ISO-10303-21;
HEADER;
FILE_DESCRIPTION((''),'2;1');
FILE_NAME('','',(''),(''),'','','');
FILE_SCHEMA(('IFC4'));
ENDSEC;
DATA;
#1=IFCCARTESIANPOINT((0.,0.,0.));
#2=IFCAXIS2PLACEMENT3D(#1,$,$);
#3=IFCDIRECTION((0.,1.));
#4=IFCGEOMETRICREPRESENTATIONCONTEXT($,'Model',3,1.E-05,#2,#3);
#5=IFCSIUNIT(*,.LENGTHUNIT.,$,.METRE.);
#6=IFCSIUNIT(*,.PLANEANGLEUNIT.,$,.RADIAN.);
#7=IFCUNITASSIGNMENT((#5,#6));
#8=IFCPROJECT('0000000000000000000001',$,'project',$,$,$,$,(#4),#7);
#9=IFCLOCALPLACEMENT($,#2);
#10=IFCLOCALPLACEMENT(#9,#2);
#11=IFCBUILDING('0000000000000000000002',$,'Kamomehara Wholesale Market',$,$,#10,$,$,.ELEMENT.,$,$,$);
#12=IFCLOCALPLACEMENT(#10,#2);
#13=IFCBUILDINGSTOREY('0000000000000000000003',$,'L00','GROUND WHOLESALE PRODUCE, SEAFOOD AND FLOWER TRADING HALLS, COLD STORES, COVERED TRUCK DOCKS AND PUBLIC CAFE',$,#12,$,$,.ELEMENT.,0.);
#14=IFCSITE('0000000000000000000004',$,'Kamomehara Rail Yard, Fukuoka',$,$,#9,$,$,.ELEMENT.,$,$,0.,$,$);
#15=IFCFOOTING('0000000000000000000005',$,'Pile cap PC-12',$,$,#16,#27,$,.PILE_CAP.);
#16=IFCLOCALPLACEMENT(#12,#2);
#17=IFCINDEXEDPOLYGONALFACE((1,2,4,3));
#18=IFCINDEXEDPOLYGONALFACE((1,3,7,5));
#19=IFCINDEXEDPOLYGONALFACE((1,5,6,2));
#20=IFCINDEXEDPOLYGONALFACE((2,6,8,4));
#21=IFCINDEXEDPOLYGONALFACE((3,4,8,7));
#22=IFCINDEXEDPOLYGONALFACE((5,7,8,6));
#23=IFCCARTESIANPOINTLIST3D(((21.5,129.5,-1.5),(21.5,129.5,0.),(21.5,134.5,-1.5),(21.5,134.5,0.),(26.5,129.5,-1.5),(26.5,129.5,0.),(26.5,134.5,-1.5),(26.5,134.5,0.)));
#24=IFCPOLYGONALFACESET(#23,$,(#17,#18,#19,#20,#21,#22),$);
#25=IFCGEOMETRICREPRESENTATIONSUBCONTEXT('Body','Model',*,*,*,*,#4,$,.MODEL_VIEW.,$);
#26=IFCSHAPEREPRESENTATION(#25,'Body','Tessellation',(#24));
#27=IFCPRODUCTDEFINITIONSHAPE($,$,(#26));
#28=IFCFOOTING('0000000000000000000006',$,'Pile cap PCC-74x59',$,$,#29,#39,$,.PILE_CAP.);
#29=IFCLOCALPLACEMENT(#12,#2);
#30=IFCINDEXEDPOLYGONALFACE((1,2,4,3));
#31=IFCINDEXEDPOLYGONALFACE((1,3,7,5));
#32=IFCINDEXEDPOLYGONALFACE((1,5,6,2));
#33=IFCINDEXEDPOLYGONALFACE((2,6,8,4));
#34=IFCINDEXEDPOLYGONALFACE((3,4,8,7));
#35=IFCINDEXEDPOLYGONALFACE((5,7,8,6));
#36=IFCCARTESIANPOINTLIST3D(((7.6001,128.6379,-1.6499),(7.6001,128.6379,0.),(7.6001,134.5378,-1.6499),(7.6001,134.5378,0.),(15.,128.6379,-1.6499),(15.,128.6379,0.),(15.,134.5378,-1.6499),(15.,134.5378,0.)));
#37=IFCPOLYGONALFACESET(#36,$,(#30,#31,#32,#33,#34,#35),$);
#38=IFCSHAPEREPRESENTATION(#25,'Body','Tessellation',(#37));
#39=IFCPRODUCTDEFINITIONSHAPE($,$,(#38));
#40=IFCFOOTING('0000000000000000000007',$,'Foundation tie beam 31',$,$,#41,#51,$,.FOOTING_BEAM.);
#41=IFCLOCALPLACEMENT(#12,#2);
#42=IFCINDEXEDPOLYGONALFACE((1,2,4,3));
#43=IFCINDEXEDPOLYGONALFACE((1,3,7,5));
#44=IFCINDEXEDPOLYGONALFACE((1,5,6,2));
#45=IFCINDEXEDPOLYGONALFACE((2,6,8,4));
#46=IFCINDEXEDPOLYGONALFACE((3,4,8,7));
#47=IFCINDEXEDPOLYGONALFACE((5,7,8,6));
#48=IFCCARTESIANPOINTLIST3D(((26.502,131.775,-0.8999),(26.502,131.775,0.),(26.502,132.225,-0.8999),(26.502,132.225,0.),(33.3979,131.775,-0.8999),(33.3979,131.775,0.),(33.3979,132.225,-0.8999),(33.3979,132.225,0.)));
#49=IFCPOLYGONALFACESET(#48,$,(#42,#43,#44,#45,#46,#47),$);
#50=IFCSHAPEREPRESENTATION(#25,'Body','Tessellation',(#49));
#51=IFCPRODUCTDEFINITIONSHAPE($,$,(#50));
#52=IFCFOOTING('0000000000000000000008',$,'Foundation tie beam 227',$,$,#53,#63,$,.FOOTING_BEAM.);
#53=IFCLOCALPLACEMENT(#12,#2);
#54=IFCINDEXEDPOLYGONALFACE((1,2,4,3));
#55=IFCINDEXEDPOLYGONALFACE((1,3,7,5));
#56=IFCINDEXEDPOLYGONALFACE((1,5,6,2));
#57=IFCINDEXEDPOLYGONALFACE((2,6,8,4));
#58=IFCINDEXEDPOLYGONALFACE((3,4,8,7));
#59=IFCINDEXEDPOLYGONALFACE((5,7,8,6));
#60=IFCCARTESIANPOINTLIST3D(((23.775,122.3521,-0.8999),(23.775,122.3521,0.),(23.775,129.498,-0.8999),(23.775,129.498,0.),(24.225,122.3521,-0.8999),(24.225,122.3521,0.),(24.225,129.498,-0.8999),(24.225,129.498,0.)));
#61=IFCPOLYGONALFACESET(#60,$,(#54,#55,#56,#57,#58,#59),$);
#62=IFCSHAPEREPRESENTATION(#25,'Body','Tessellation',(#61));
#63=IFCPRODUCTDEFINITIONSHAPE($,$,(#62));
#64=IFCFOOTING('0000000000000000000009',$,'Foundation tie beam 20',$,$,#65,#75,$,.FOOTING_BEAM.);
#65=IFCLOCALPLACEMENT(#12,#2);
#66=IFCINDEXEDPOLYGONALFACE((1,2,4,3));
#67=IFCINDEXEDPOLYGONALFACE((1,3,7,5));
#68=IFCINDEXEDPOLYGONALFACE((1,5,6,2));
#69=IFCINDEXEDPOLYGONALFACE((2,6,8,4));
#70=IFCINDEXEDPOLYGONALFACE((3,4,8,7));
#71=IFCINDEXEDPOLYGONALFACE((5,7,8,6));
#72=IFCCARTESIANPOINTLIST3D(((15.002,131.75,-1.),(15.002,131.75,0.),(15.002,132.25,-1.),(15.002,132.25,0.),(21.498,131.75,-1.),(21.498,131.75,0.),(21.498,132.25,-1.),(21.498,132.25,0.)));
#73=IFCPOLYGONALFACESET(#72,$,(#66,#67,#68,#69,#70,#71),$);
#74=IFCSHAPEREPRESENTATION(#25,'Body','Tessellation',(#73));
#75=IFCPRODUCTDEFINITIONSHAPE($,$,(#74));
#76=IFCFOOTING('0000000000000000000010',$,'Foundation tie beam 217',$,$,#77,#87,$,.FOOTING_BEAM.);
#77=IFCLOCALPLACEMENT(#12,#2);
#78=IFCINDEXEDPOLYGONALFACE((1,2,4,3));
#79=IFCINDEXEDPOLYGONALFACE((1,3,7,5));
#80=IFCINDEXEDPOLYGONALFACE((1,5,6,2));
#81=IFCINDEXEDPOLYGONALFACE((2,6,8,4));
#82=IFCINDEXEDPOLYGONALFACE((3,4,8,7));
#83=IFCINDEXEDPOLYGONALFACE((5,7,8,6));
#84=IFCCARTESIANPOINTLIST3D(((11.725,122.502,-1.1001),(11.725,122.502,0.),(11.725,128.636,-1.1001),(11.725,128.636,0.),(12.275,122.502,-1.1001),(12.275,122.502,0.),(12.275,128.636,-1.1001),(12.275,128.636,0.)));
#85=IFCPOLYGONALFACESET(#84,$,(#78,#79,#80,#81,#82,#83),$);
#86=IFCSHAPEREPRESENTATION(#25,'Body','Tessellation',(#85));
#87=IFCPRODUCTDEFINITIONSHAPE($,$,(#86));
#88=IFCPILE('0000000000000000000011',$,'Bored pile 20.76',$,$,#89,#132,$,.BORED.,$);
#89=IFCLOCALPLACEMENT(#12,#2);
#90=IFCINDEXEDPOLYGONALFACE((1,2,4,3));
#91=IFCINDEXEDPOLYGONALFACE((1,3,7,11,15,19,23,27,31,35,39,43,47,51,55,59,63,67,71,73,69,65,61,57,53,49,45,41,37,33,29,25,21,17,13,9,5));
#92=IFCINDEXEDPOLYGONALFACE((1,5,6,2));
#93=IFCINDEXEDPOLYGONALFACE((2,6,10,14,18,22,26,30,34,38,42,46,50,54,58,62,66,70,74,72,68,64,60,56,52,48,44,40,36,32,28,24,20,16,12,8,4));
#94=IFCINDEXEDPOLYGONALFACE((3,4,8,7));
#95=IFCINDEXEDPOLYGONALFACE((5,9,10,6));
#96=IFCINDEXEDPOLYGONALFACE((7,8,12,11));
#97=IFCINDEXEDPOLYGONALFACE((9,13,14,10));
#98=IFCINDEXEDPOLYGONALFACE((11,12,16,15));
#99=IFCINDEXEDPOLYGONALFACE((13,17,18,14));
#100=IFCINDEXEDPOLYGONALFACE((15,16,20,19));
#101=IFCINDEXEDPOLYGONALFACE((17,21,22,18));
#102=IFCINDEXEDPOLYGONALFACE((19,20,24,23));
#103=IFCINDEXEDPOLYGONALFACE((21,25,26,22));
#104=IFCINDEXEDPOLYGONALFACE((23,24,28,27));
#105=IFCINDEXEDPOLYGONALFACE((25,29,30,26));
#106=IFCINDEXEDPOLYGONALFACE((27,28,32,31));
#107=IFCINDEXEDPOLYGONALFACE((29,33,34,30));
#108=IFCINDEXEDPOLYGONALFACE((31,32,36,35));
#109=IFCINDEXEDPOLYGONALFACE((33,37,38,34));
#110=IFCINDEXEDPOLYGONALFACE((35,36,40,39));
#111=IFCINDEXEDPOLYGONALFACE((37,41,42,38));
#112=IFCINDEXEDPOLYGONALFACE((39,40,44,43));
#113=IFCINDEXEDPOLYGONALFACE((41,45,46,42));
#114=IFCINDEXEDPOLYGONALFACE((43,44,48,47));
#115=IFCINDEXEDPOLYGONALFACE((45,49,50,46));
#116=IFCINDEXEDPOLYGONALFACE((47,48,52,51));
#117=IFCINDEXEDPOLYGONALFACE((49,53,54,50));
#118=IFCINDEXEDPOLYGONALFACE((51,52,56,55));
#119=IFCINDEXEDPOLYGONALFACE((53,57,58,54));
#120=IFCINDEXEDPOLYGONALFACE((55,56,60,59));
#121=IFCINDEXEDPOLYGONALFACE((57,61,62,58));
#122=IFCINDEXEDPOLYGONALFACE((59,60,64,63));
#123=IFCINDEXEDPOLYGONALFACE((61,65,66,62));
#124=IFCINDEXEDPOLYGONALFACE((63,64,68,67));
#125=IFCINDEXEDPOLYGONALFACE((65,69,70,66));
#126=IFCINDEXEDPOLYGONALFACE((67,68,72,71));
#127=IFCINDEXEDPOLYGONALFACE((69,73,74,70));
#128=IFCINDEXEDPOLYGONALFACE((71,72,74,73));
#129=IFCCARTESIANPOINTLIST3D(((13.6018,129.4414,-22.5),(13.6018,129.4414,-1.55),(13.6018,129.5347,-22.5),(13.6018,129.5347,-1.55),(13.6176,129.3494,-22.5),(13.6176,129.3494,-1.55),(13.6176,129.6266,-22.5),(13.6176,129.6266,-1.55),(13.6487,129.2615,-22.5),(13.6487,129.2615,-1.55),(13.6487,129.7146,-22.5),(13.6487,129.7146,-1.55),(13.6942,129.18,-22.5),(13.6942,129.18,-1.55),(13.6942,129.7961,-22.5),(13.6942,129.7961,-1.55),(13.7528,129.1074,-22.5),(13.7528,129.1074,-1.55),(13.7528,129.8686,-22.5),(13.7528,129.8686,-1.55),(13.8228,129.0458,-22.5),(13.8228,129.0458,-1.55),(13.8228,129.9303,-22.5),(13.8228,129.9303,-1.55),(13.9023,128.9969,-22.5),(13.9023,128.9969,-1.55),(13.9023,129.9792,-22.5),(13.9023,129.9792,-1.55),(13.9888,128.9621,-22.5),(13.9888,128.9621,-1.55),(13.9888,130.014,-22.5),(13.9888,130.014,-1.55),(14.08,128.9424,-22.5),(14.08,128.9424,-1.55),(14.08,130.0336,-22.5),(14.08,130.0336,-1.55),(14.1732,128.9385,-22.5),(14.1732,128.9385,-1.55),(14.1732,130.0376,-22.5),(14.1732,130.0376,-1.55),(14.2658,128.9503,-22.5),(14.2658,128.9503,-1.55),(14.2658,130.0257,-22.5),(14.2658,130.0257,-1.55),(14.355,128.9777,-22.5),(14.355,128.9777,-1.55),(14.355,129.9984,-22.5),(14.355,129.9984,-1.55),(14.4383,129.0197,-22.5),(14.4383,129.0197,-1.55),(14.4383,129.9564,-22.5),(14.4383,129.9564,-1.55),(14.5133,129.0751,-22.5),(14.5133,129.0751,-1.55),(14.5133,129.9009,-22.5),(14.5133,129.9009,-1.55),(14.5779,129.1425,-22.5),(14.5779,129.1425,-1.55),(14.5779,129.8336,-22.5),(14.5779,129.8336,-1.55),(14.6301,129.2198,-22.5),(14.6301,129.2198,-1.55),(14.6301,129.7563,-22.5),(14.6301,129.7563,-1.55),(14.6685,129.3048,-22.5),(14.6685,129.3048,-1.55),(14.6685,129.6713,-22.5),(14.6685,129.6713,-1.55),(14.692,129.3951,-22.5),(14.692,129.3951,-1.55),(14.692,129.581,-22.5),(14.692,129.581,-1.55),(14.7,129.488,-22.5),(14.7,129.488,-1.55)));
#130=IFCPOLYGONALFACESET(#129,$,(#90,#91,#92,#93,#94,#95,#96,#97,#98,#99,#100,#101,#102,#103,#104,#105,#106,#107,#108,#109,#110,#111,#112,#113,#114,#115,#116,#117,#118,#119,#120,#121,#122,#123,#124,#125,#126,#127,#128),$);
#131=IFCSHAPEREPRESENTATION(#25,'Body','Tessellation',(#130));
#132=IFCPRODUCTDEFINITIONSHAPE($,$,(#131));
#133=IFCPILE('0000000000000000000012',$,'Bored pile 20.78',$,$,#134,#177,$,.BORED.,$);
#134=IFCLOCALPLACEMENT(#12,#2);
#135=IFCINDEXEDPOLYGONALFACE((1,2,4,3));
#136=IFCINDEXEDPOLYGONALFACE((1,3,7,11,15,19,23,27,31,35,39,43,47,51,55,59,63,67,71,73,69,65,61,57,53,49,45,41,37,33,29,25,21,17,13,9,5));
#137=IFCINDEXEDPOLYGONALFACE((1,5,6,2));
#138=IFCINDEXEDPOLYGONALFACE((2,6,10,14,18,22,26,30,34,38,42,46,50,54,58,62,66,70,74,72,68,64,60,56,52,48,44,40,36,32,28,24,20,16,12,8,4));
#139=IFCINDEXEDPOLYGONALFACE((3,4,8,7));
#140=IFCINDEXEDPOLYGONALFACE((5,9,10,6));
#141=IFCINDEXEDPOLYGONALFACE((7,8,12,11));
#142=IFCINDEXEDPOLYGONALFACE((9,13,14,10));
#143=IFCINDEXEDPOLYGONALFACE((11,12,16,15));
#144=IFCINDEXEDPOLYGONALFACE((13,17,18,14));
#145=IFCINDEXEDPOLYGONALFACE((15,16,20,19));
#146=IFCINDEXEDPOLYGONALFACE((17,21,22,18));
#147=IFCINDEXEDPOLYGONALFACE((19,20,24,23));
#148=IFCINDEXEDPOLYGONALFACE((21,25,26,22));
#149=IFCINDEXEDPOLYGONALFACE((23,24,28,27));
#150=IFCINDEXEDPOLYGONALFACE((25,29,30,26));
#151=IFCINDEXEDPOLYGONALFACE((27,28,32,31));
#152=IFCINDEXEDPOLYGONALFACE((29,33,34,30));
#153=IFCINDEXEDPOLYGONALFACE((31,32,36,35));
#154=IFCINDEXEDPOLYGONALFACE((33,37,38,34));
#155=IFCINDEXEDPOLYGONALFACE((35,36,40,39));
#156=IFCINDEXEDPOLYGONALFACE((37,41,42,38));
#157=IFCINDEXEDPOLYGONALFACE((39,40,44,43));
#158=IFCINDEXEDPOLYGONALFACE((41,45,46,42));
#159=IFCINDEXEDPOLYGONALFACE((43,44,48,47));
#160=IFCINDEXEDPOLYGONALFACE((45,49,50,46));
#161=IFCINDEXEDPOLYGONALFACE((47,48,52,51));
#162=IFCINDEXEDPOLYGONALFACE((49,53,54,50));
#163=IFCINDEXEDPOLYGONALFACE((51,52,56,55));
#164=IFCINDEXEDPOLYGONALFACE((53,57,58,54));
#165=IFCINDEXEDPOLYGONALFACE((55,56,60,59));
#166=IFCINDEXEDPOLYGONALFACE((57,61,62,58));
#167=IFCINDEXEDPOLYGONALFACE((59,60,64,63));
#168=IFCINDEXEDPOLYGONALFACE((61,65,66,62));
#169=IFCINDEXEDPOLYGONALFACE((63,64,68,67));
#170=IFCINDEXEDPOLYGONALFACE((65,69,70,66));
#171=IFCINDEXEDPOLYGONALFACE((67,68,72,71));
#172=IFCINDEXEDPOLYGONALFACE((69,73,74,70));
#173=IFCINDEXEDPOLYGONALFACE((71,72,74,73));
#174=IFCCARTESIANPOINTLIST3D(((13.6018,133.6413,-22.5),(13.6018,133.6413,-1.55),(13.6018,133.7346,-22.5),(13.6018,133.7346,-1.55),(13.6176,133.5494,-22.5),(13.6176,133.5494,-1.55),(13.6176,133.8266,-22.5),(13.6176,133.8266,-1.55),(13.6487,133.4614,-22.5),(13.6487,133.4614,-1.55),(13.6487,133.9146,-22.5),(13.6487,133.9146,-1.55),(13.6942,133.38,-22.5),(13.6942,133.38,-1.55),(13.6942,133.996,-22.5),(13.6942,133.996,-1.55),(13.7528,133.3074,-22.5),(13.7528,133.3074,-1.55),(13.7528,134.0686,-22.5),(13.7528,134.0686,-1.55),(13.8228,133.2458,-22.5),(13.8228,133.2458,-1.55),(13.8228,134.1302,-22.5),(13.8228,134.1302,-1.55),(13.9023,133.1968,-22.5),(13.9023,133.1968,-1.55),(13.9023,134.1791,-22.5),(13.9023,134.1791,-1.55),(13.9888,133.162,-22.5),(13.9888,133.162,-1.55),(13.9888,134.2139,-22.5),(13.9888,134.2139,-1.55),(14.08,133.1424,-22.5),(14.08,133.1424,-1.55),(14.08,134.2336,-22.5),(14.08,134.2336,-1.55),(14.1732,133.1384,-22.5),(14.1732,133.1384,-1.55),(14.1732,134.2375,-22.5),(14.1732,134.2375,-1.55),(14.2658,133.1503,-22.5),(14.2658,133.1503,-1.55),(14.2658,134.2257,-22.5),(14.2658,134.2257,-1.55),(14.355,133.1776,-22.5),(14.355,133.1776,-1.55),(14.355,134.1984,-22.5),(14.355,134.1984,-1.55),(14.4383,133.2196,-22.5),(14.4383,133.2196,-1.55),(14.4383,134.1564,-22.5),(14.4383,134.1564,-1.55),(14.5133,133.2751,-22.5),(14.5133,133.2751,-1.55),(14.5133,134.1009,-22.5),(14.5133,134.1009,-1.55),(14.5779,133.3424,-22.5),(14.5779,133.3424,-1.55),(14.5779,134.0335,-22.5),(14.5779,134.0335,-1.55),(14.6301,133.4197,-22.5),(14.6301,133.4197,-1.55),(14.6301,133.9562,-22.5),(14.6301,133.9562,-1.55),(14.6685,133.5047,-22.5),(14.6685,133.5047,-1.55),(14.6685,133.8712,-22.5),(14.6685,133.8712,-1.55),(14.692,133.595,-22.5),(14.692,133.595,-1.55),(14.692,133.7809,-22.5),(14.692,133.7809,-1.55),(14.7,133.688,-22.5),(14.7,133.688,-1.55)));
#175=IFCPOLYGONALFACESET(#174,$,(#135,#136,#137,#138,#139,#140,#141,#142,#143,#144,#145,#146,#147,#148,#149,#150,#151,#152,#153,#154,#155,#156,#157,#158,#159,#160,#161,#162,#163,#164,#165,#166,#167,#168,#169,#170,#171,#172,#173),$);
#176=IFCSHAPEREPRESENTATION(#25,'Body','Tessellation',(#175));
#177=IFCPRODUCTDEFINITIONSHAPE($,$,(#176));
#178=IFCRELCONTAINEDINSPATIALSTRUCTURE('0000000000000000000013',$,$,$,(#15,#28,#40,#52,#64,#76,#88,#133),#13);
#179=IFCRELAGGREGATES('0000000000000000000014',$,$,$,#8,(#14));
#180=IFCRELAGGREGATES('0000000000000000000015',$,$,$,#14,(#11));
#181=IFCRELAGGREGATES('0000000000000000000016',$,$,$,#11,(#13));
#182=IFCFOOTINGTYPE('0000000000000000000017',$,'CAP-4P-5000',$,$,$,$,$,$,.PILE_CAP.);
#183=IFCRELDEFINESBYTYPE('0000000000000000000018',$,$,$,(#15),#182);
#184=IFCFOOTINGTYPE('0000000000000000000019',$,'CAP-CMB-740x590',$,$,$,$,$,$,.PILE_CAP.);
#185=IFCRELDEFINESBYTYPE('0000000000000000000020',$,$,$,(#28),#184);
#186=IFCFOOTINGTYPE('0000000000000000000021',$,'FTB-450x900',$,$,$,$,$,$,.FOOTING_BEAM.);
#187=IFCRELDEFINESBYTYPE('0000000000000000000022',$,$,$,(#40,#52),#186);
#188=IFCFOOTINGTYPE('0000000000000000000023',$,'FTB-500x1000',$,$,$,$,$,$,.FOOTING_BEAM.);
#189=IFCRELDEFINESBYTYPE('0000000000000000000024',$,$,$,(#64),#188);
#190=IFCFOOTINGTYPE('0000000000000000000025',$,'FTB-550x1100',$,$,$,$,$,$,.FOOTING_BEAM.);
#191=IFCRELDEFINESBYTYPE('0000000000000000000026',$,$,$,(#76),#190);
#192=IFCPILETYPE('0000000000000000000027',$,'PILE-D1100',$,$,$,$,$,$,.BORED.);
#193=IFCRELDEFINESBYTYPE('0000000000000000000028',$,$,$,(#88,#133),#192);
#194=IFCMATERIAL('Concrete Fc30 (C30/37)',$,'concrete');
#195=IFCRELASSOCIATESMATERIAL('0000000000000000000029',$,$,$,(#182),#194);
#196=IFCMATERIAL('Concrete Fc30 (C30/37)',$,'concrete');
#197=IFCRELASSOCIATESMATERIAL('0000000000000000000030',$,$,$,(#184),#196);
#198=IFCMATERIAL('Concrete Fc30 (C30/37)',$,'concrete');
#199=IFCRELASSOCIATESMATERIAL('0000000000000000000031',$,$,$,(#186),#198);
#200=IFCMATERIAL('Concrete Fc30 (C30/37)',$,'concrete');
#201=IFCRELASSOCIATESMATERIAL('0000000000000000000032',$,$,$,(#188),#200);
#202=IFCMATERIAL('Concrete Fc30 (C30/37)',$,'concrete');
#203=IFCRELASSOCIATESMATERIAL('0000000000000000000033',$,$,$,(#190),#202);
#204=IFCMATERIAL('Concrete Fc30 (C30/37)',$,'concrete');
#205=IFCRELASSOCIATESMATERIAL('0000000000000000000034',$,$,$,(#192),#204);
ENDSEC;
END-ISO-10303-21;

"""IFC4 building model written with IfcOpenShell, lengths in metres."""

from ifc_helpers import new_model, si_unit, direction, frame, origin, origin_2d, place, context, subcontext, project, spatial, rectangle, circle, extrude, material, material_profile, profile_set, type_object, element, save


model = new_model("IFC4")

# Units and contexts
model_context = context("Model", 3, precision=1e-05, world=origin(), true_north=direction((0.0, 1.0)))
body_context = subcontext(model_context, "Body", "Model", "MODEL_VIEW")
ifc_project = project(units=[si_unit("LENGTHUNIT", "METRE"), si_unit("PLANEANGLEUNIT", "RADIAN")], contexts=[model_context])

# Site, building, storey
site_placement = place(None, origin())
site = spatial("IfcSite", under=ifc_project, at=site_placement, Name="Kamomehara Rail Yard, Fukuoka", CompositionType="ELEMENT", RefElevation=0.0)
building_placement = place(site_placement, origin())
building = spatial("IfcBuilding", under=site, at=building_placement, Name="Kamomehara Wholesale Market", CompositionType="ELEMENT")
storey_placement = place(building_placement, origin())
storey = spatial("IfcBuildingStorey", under=building, at=storey_placement, Name="L00", Description="GROUND WHOLESALE PRODUCE, SEAFOOD AND FLOWER TRADING HALLS, COLD STORES, COVERED TRUCK DOCKS AND PUBLIC CAFE", CompositionType="ELEMENT", Elevation=0.0)

# Footings
ifc_material_1 = material(Name="Concrete Fc30 (C30/37)", Category="concrete")
footing_type_1 = type_object("IfcFootingType", Name="CAP-4P-5000", PredefinedType="PILE_CAP", material=ifc_material_1)
footing_1_placement = place(storey_placement, frame((24.0, 132.0, -1.5), z_axis=(0.0, 0.0, 1.0), x_axis=(1.0, 0.0, 0.0)))
element("IfcFooting", 1, at=footing_1_placement, inside=storey, type_object=footing_type_1, Name="Pile cap PC-12", PredefinedType="PILE_CAP", context=body_context, shape_type="SweptSolid", body=[
    extrude(rectangle(XDim=5.0, YDim=5.0, at=origin_2d()), origin(), (0.0, 0.0, 1.0), 1.5),
])
ifc_material_2 = material(Name="Concrete Fc30 (C30/37)", Category="concrete")
footing_type_2 = type_object("IfcFootingType", Name="CAP-CMB-740x590", PredefinedType="PILE_CAP", material=ifc_material_2)
footing_2_placement = place(storey_placement, frame((11.3, 131.5879, -1.6499), z_axis=(0.0, 0.0, 1.0), x_axis=(1.0, 0.0, 0.0)))
element("IfcFooting", 2, at=footing_2_placement, inside=storey, type_object=footing_type_2, Name="Pile cap PCC-74x59", PredefinedType="PILE_CAP", context=body_context, shape_type="SweptSolid", body=[
    extrude(rectangle(XDim=7.3999, YDim=5.8999, at=origin_2d()), origin(), (0.0, 0.0, 1.0), 1.6499),
])
ifc_material_3 = material(Name="Concrete Fc30 (C30/37)", Category="concrete")
ifc_material_profile_1 = material_profile(ifc_material_3, rectangle(XDim=0.45, YDim=0.8999, at=origin_2d()), Name="RC-FTB-450x900")
ifc_profile_set_1 = profile_set([ifc_material_profile_1], Name="Concrete Fc30 (C30/37)")
footing_type_3 = type_object("IfcFootingType", Name="FTB-450x900", PredefinedType="FOOTING_BEAM", material=ifc_profile_set_1)
footing_3_placement = place(storey_placement, frame((26.502, 132.0, -0.45), z_axis=(1.0, 0.0, 0.0), x_axis=(0.0, 1.0, 0.0)))
element("IfcFooting", 3, at=footing_3_placement, inside=storey, type_object=footing_type_3, Name="Foundation tie beam 31", PredefinedType="FOOTING_BEAM", context=body_context, shape_type="SweptSolid", body=[
    extrude(rectangle(XDim=0.45, YDim=0.8999, at=origin_2d()), origin(), (0.0, 0.0, 1.0), 6.896),
])
footing_4_placement = place(storey_placement, frame((24.0, 122.3521, -0.45), z_axis=(0.0, 1.0, 0.0), x_axis=(-1.0, 0.0, 0.0)))
element("IfcFooting", 4, at=footing_4_placement, inside=storey, type_object=footing_type_3, Name="Foundation tie beam 227", PredefinedType="FOOTING_BEAM", context=body_context, shape_type="SweptSolid", body=[
    extrude(rectangle(XDim=0.45, YDim=0.8999, at=origin_2d()), origin(), (0.0, 0.0, 1.0), 7.146),
])
ifc_material_4 = material(Name="Concrete Fc30 (C30/37)", Category="concrete")
ifc_material_profile_2 = material_profile(ifc_material_4, rectangle(XDim=0.5, YDim=1.0, at=origin_2d()), Name="RC-FTB-500x1000")
ifc_profile_set_2 = profile_set([ifc_material_profile_2], Name="Concrete Fc30 (C30/37)")
footing_type_4 = type_object("IfcFootingType", Name="FTB-500x1000", PredefinedType="FOOTING_BEAM", material=ifc_profile_set_2)
footing_5_placement = place(storey_placement, frame((15.002, 132.0, -0.5), z_axis=(1.0, 0.0, 0.0), x_axis=(0.0, 1.0, 0.0)))
element("IfcFooting", 5, at=footing_5_placement, inside=storey, type_object=footing_type_4, Name="Foundation tie beam 20", PredefinedType="FOOTING_BEAM", context=body_context, shape_type="SweptSolid", body=[
    extrude(rectangle(XDim=0.5, YDim=1.0, at=origin_2d()), origin(), (0.0, 0.0, 1.0), 6.4961),
])
ifc_material_5 = material(Name="Concrete Fc30 (C30/37)", Category="concrete")
ifc_material_profile_3 = material_profile(ifc_material_5, rectangle(XDim=0.55, YDim=1.1001, at=origin_2d()), Name="RC-FTB-550x1100")
ifc_profile_set_3 = profile_set([ifc_material_profile_3], Name="Concrete Fc30 (C30/37)")
footing_type_5 = type_object("IfcFootingType", Name="FTB-550x1100", PredefinedType="FOOTING_BEAM", material=ifc_profile_set_3)
footing_6_placement = place(storey_placement, frame((12.0, 122.502, -0.55), z_axis=(0.0, 1.0, 0.0), x_axis=(-1.0, 0.0, 0.0)))
element("IfcFooting", 6, at=footing_6_placement, inside=storey, type_object=footing_type_5, Name="Foundation tie beam 217", PredefinedType="FOOTING_BEAM", context=body_context, shape_type="SweptSolid", body=[
    extrude(rectangle(XDim=0.55, YDim=1.1001, at=origin_2d()), origin(), (0.0, 0.0, 1.0), 6.134),
])

# Piles
ifc_material_6 = material(Name="Concrete Fc30 (C30/37)", Category="concrete")
ifc_material_profile_4 = material_profile(ifc_material_6, circle(Radius=0.55, at=origin_2d()), Name="RC-PILE-D1100")
ifc_profile_set_4 = profile_set([ifc_material_profile_4], Name="Concrete Fc30 (C30/37)")
pile_type_1 = type_object("IfcPileType", Name="PILE-D1100", PredefinedType="BORED", material=ifc_profile_set_4)
for number, where, z_axis, x_axis, name in (
    (7, (14.1499, 129.488, -1.55), (0.0, 0.0, -1.0), (1.0, 0.0, 0.0), "Bored pile 20.76"),
    (8, (14.1499, 133.688, -1.55), (0.0, 0.0, -1.0), (1.0, 0.0, 0.0), "Bored pile 20.78"),
):
    element("IfcPile", number, at=place(storey_placement, frame(where, z_axis=z_axis, x_axis=x_axis)), inside=storey, type_object=pile_type_1, Name=name, PredefinedType="BORED", context=body_context, shape_type="SweptSolid", body=[
        extrude(circle(Radius=0.55, at=origin_2d()), origin(), (0.0, 0.0, 1.0), 20.95),
    ])

save(model, "model.ifc")
